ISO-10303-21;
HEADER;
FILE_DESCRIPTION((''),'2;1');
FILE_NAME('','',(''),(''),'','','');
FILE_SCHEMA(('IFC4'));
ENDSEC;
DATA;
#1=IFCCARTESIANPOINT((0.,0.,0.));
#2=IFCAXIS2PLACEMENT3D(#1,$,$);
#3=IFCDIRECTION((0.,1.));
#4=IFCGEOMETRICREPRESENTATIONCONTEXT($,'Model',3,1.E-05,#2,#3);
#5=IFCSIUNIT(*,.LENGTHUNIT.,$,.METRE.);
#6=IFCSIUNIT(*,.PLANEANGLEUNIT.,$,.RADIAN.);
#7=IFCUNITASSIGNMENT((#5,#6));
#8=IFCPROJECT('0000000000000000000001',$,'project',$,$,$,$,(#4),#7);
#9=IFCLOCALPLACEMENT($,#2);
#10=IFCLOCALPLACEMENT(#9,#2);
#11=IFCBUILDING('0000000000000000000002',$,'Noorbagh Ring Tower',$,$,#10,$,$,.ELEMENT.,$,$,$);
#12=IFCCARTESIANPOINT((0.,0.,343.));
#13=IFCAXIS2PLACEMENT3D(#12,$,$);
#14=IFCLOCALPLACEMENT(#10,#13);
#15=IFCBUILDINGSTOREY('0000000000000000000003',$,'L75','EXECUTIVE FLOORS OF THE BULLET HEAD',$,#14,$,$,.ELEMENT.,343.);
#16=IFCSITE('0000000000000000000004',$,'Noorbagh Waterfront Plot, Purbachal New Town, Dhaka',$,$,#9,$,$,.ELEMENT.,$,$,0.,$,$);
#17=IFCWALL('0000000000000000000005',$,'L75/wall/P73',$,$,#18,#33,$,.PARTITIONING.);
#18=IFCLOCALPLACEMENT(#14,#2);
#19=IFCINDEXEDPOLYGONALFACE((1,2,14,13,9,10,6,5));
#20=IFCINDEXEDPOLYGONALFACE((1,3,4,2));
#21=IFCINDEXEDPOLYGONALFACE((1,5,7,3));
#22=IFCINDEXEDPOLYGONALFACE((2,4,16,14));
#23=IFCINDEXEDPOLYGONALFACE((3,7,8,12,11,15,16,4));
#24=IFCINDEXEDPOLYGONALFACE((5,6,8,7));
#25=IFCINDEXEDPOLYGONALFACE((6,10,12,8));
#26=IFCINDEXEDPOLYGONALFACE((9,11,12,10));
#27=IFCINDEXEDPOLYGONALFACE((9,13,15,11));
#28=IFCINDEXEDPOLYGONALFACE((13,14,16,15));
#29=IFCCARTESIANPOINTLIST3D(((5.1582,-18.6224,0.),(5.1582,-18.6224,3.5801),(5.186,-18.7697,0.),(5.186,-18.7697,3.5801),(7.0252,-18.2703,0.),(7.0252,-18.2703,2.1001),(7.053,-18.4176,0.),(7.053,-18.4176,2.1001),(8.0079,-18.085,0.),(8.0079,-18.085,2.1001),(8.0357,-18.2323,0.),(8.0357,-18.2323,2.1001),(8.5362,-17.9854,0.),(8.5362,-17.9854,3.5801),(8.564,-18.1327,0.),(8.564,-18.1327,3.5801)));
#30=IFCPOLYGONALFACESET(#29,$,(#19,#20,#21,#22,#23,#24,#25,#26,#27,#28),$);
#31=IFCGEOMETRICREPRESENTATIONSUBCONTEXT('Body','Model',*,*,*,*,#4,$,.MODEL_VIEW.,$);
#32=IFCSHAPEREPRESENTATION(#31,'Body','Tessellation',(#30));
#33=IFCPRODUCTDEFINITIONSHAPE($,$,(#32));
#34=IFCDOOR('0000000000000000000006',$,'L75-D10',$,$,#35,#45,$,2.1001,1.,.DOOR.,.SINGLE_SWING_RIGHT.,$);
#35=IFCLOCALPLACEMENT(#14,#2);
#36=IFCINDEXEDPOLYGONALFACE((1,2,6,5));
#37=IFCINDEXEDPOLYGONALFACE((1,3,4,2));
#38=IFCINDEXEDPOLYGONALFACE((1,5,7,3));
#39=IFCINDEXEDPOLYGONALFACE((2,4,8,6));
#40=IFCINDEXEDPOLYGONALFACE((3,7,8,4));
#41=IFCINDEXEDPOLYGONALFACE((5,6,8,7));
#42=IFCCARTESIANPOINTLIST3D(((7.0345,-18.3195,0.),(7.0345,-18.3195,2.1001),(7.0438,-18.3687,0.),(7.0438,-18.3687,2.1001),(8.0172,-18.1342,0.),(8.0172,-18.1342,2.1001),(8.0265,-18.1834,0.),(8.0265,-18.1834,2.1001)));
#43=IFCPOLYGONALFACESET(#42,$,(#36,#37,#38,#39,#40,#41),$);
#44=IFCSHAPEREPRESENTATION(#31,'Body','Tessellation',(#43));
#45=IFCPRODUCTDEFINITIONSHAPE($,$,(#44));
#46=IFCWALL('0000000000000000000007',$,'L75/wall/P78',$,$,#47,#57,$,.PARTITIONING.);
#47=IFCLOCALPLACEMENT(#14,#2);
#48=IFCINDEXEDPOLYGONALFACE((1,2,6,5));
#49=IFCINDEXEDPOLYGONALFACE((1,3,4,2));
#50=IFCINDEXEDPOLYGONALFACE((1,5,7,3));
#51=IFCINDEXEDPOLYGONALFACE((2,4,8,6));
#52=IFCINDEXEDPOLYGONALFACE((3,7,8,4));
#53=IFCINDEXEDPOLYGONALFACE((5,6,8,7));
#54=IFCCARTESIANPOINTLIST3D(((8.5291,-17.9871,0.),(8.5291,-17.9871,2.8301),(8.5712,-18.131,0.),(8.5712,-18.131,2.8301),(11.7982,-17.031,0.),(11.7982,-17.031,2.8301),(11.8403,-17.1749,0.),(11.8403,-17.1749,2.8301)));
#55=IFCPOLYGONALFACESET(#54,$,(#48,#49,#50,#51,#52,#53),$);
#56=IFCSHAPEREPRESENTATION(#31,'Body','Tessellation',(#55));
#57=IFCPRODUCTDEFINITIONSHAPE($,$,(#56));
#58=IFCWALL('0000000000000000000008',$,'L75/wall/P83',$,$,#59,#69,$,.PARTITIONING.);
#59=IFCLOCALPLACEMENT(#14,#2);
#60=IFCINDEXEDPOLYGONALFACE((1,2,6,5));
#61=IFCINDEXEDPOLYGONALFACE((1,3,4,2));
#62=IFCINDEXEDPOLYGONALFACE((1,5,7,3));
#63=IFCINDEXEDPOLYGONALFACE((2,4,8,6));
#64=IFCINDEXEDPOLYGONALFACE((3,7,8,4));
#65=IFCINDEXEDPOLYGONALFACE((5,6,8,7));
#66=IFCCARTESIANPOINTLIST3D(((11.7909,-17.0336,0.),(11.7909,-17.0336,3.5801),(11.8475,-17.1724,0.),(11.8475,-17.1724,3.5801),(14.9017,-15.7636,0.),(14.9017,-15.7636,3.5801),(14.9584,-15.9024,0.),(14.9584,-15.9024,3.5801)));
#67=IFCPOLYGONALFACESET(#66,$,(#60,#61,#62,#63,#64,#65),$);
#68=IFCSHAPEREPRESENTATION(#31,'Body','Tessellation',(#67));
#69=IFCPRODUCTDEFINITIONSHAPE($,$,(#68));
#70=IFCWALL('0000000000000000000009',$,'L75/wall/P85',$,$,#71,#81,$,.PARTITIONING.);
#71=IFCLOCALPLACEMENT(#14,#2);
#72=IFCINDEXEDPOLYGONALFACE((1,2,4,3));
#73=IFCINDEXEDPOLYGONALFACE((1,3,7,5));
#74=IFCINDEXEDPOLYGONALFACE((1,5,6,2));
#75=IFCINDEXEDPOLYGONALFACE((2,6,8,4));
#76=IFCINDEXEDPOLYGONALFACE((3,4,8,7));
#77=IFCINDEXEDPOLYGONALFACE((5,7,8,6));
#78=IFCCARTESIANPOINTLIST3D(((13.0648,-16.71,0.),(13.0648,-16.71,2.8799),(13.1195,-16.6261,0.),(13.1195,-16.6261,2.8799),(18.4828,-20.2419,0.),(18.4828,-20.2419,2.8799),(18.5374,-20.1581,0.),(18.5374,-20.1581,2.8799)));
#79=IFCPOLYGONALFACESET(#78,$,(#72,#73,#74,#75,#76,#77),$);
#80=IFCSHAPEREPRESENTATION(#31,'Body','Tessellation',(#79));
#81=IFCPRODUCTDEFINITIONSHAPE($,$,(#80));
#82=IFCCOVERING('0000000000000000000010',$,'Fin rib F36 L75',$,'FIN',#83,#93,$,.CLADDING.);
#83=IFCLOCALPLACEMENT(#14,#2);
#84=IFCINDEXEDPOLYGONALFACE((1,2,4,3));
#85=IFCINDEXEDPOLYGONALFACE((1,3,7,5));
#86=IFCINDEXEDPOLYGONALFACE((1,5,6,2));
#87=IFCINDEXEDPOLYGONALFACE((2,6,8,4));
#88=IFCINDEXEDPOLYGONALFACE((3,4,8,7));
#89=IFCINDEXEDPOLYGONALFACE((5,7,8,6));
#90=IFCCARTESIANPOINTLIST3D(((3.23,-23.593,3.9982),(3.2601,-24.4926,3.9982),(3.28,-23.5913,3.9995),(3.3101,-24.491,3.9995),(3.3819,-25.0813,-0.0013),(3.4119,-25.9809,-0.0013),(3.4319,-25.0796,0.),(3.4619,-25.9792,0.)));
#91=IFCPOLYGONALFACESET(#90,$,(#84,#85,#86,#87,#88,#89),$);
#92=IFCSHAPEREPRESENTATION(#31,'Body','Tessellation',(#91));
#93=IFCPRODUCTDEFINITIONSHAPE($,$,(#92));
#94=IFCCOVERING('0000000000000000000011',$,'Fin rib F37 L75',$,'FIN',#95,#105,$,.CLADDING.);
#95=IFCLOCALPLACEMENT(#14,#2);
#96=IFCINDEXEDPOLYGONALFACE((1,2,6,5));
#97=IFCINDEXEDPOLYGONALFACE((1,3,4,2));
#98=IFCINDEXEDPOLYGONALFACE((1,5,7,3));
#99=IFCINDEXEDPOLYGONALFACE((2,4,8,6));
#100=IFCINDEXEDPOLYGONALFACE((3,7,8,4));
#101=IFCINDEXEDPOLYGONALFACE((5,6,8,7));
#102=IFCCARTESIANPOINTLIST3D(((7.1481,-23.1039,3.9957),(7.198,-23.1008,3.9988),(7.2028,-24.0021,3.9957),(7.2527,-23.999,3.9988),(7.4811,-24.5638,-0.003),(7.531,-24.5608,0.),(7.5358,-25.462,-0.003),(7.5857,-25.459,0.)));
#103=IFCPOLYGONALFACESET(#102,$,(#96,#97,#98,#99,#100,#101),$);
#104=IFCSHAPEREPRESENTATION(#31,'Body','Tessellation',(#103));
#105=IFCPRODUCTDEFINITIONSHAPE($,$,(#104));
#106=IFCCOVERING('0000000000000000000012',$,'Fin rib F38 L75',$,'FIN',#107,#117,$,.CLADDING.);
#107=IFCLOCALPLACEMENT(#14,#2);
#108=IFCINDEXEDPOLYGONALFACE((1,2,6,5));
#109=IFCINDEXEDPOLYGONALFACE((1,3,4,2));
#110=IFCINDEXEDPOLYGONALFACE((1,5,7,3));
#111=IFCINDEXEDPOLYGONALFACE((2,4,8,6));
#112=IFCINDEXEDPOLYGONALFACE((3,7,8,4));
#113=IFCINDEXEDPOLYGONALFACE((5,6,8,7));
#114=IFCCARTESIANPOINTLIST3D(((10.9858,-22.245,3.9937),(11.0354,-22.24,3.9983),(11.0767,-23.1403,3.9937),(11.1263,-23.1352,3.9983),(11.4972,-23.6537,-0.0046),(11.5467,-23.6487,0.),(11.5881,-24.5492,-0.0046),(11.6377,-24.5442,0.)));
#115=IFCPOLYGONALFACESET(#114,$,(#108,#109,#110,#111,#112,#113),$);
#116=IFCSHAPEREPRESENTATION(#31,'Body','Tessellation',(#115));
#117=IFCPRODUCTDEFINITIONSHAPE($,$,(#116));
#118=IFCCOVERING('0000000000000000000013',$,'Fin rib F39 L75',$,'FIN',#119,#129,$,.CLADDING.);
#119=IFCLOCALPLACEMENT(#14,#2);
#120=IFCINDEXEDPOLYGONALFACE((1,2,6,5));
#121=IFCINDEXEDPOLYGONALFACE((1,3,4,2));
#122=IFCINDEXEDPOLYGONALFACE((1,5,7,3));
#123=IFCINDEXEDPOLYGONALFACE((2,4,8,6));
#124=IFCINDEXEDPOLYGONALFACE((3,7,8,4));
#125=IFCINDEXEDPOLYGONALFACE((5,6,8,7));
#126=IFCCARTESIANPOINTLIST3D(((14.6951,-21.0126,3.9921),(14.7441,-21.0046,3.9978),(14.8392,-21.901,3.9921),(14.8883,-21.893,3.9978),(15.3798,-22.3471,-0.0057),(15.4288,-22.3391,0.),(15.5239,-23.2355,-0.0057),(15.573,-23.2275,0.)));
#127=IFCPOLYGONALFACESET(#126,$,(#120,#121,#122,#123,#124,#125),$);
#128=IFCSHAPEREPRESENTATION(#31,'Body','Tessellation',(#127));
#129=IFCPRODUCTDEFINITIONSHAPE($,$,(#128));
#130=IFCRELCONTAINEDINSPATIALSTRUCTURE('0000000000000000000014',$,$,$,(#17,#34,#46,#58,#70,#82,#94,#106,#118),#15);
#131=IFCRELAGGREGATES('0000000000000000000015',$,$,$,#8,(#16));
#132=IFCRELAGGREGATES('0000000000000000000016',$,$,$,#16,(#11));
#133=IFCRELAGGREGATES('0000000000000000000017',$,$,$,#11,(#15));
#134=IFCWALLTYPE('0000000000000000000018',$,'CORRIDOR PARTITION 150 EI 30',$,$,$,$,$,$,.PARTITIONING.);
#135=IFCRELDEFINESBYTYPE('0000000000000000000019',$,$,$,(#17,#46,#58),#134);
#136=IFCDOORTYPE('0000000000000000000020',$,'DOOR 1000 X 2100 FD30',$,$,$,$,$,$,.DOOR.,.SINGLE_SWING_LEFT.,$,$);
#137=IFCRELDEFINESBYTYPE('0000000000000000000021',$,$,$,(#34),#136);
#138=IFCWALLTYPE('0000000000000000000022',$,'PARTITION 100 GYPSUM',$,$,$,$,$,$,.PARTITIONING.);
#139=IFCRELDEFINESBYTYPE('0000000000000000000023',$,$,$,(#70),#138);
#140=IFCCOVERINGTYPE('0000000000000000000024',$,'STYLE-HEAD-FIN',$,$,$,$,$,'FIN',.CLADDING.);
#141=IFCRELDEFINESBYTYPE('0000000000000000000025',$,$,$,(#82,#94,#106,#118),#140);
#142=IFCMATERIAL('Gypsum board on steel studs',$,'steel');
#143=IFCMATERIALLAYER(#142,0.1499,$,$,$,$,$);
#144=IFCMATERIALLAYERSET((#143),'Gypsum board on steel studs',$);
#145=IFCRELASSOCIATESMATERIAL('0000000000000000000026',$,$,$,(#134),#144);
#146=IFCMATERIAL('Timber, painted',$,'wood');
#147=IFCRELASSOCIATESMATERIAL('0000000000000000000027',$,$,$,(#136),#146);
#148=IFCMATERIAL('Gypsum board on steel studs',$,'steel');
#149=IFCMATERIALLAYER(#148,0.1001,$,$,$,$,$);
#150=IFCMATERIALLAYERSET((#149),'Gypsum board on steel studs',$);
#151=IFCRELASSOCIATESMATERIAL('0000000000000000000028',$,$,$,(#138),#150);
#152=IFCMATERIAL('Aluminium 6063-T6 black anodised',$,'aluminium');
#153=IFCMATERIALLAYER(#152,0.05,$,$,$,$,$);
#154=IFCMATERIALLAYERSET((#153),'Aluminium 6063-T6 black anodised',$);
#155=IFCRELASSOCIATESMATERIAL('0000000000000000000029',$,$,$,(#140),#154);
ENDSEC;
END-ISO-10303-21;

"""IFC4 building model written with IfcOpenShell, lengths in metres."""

from ifc_helpers import new_model, si_unit, direction, frame, frame_2d, origin, place, context, subcontext, project, spatial, polyline, rectangle, outline, extrude, material, layer, layer_set, type_object, element, fill, save


model = new_model("IFC4")

# Units and contexts
model_context = context("Model", 3, precision=1e-05, world=origin(), true_north=direction((0.0, 1.0)))
body_context = subcontext(model_context, "Body", "Model", "MODEL_VIEW")
ifc_project = project(units=[si_unit("LENGTHUNIT", "METRE"), si_unit("PLANEANGLEUNIT", "RADIAN")], contexts=[model_context])

# Site, building, storey
site_placement = place(None, origin())
site = spatial("IfcSite", under=ifc_project, at=site_placement, Name="Noorbagh Waterfront Plot, Purbachal New Town, Dhaka", CompositionType="ELEMENT", RefElevation=0.0)
building_placement = place(site_placement, origin())
building = spatial("IfcBuilding", under=site, at=building_placement, Name="Noorbagh Ring Tower", CompositionType="ELEMENT")
storey_placement = place(building_placement, frame((0.0, 0.0, 343.0)))
storey = spatial("IfcBuildingStorey", under=building, at=storey_placement, Name="L75", Description="EXECUTIVE FLOORS OF THE BULLET HEAD", CompositionType="ELEMENT", Elevation=343.0)

# Shared definitions
ifc_material_1 = material(Name="Gypsum board on steel studs", Category="steel")
ifc_layer_1 = layer(ifc_material_1, 0.1499)
ifc_layer_set_1 = layer_set([ifc_layer_1], Name="Gypsum board on steel studs")
wall_type_1 = type_object("IfcWallType", Name="CORRIDOR PARTITION 150 EI 30", PredefinedType="PARTITIONING", material=ifc_layer_set_1)

# Wall, opening, door
wall_1_placement = place(storey_placement, frame((5.1721, -18.696, 0.0), z_axis=(0.0, 0.0, 1.0), x_axis=(0.982682, 0.1853, 0.0)))
wall_1 = element("IfcWall", 1, at=wall_1_placement, inside=storey, type_object=wall_type_1, Name="L75/wall/P73", PredefinedType="PARTITIONING", context=body_context, shape_type="SweptSolid", body=[
    extrude(rectangle(XDim=3.4375, YDim=0.1499, at=frame_2d((1.7188, 0.0))), origin(), (0.0, 0.0, 1.0), 3.5801),
])
opening_placement = place(wall_1_placement, frame((1.8999, 0.0, 0.0)))
opening = element("IfcOpeningElement", 2, at=opening_placement, cuts=wall_1, PredefinedType="OPENING", context=body_context, shape_type="SweptSolid", body=[
    extrude(rectangle(XDim=1.0, YDim=2.1001, at=frame_2d((0.5, 1.05))), frame((0.0, 0.085, 0.0), z_axis=(0.0, -1.0, 0.0), x_axis=(1.0, 0.0, 0.0)), (0.0, 0.0, 1.0), 0.1699),
])
ifc_material_2 = material(Name="Timber, painted", Category="wood")
door_type = type_object("IfcDoorType", Name="DOOR 1000 X 2100 FD30", OperationType="SINGLE_SWING_LEFT", PredefinedType="DOOR", material=ifc_material_2)
door_placement = place(opening_placement, origin())
door = element("IfcDoor", 3, at=door_placement, inside=storey, type_object=door_type, Name="L75-D10", OperationType="SINGLE_SWING_RIGHT", OverallHeight=2.1001, OverallWidth=1.0, PredefinedType="DOOR", context=body_context, shape_type="SweptSolid", body=[
    extrude(rectangle(XDim=1.0, YDim=2.1001, at=frame_2d((0.5, 1.05))), frame((0.0, 0.0249, 0.0), z_axis=(0.0, -1.0, 0.0), x_axis=(1.0, 0.0, 0.0)), (0.0, 0.0, 1.0), 0.05),
])
fill(opening, door)

# Walls
wall_2_placement = place(storey_placement, frame((8.55, -18.0591, 0.0), z_axis=(0.0, 0.0, 1.0), x_axis=(0.959796, 0.280699, 0.0)))
element("IfcWall", 4, at=wall_2_placement, inside=storey, type_object=wall_type_1, Name="L75/wall/P78", PredefinedType="PARTITIONING", context=body_context, shape_type="SweptSolid", body=[
    extrude(rectangle(XDim=3.406, YDim=0.1499, at=frame_2d((1.7031, 0.0))), origin(), (0.0, 0.0, 1.0), 2.8301),
])
wall_3_placement = place(storey_placement, frame((11.8191, -17.103, 0.0), z_axis=(0.0, 0.0, 1.0), x_axis=(0.925818, 0.377971, 0.0)))
element("IfcWall", 5, at=wall_3_placement, inside=storey, type_object=wall_type_1, Name="L75/wall/P83", PredefinedType="PARTITIONING", context=body_context, shape_type="SweptSolid", body=[
    extrude(rectangle(XDim=3.3601, YDim=0.1499, at=frame_2d((1.6802, 0.0))), origin(), (0.0, 0.0, 1.0), 3.5801),
])
ifc_material_3 = material(Name="Gypsum board on steel studs", Category="steel")
ifc_layer_2 = layer(ifc_material_3, 0.1001)
ifc_layer_set_2 = layer_set([ifc_layer_2], Name="Gypsum board on steel studs")
wall_type_2 = type_object("IfcWallType", Name="PARTITION 100 GYPSUM", PredefinedType="PARTITIONING", material=ifc_layer_set_2)
wall_4_placement = place(storey_placement, frame((13.092, -16.668, 0.0), z_axis=(0.0, 0.0, 1.0), x_axis=(0.837715, -0.546108, 0.0)))
element("IfcWall", 6, at=wall_4_placement, inside=storey, type_object=wall_type_2, Name="L75/wall/P85", PredefinedType="PARTITIONING", context=body_context, shape_type="SweptSolid", body=[
    extrude(rectangle(XDim=6.4675, YDim=0.1001, at=frame_2d((3.2339, 0.0))), origin(), (0.0, 0.0, 1.0), 2.8799),
])

# Coverings
ifc_material_4 = material(Name="Aluminium 6063-T6 black anodised", Category="aluminium")
ifc_layer_3 = layer(ifc_material_4, 0.05)
ifc_layer_set_3 = layer_set([ifc_layer_3], Name="Aluminium 6063-T6 black anodised")
covering_type_1 = type_object("IfcCoveringType", Name="STYLE-HEAD-FIN", ElementType="FIN", PredefinedType="CLADDING", material=ifc_layer_set_3)
covering_1_placement = place(storey_placement, frame((3.4619, -25.9792, 0.0), z_axis=(0.999118, 0.033349, 0.025525), x_axis=(-0.035562, 0.348532, 0.936622)))
element("IfcCovering", 7, at=covering_1_placement, inside=storey, type_object=covering_type_1, Name="Fin rib F36 L75", ObjectType="FIN", PredefinedType="CLADDING", context=body_context, shape_type="SweptSolid", body=[
    extrude(outline(polyline([(0.0, 0.0), (4.2701, 0.0), (4.5848, -0.8434), (0.3146, -0.8434), (0.0, 0.0)])), origin(), (0.0, 0.0, -1.0), 0.05),
])
covering_2_placement = place(storey_placement, frame((7.5857, -25.459, 0.0), z_axis=(0.996304, 0.060661, 0.060822), x_axis=(-0.077988, 0.341914, 0.93649)))
element("IfcCovering", 8, at=covering_2_placement, inside=storey, type_object=covering_type_1, Name="Fin rib F37 L75", ObjectType="FIN", PredefinedType="CLADDING", context=body_context, shape_type="SweptSolid", body=[
    extrude(outline(polyline([(0.0, 0.0), (4.27, 0.0), (4.5813, -0.8443), (0.3114, -0.8443), (0.0, 0.0)])), origin(), (0.0, 0.0, -1.0), 0.05),
])
covering_3_placement = place(storey_placement, frame((11.6377, -24.5442, 0.0), z_axis=(0.990731, 0.100626, 0.091251), x_axis=(-0.119758, 0.329963, 0.936367)))
element("IfcCovering", 9, at=covering_3_placement, inside=storey, type_object=covering_type_1, Name="Fin rib F38 L75", ObjectType="FIN", PredefinedType="CLADDING", context=body_context, shape_type="SweptSolid", body=[
    extrude(outline(polyline([(0.0, 0.0), (4.27, 0.0), (4.5763, -0.8461), (0.3064, -0.8464), (0.0, 0.0)])), origin(), (0.0, 0.0, -1.0), 0.05),
])
covering_4_placement = place(storey_placement, frame((15.573, -23.2275, 0.0), z_axis=(0.98056, 0.159115, 0.114825), x_axis=(-0.160354, 0.312533, 0.936274)))
element("IfcCovering", 10, at=covering_4_placement, inside=storey, type_object=covering_type_1, Name="Fin rib F39 L75", ObjectType="FIN", PredefinedType="CLADDING", context=body_context, shape_type="SweptSolid", body=[
    extrude(outline(polyline([(0.0, 0.0), (4.2699, 0.0), (4.5707, -0.8483), (0.3008, -0.8483), (0.0, 0.0)])), origin(), (0.0, 0.0, -1.0), 0.05),
])

save(model, "model.ifc")
